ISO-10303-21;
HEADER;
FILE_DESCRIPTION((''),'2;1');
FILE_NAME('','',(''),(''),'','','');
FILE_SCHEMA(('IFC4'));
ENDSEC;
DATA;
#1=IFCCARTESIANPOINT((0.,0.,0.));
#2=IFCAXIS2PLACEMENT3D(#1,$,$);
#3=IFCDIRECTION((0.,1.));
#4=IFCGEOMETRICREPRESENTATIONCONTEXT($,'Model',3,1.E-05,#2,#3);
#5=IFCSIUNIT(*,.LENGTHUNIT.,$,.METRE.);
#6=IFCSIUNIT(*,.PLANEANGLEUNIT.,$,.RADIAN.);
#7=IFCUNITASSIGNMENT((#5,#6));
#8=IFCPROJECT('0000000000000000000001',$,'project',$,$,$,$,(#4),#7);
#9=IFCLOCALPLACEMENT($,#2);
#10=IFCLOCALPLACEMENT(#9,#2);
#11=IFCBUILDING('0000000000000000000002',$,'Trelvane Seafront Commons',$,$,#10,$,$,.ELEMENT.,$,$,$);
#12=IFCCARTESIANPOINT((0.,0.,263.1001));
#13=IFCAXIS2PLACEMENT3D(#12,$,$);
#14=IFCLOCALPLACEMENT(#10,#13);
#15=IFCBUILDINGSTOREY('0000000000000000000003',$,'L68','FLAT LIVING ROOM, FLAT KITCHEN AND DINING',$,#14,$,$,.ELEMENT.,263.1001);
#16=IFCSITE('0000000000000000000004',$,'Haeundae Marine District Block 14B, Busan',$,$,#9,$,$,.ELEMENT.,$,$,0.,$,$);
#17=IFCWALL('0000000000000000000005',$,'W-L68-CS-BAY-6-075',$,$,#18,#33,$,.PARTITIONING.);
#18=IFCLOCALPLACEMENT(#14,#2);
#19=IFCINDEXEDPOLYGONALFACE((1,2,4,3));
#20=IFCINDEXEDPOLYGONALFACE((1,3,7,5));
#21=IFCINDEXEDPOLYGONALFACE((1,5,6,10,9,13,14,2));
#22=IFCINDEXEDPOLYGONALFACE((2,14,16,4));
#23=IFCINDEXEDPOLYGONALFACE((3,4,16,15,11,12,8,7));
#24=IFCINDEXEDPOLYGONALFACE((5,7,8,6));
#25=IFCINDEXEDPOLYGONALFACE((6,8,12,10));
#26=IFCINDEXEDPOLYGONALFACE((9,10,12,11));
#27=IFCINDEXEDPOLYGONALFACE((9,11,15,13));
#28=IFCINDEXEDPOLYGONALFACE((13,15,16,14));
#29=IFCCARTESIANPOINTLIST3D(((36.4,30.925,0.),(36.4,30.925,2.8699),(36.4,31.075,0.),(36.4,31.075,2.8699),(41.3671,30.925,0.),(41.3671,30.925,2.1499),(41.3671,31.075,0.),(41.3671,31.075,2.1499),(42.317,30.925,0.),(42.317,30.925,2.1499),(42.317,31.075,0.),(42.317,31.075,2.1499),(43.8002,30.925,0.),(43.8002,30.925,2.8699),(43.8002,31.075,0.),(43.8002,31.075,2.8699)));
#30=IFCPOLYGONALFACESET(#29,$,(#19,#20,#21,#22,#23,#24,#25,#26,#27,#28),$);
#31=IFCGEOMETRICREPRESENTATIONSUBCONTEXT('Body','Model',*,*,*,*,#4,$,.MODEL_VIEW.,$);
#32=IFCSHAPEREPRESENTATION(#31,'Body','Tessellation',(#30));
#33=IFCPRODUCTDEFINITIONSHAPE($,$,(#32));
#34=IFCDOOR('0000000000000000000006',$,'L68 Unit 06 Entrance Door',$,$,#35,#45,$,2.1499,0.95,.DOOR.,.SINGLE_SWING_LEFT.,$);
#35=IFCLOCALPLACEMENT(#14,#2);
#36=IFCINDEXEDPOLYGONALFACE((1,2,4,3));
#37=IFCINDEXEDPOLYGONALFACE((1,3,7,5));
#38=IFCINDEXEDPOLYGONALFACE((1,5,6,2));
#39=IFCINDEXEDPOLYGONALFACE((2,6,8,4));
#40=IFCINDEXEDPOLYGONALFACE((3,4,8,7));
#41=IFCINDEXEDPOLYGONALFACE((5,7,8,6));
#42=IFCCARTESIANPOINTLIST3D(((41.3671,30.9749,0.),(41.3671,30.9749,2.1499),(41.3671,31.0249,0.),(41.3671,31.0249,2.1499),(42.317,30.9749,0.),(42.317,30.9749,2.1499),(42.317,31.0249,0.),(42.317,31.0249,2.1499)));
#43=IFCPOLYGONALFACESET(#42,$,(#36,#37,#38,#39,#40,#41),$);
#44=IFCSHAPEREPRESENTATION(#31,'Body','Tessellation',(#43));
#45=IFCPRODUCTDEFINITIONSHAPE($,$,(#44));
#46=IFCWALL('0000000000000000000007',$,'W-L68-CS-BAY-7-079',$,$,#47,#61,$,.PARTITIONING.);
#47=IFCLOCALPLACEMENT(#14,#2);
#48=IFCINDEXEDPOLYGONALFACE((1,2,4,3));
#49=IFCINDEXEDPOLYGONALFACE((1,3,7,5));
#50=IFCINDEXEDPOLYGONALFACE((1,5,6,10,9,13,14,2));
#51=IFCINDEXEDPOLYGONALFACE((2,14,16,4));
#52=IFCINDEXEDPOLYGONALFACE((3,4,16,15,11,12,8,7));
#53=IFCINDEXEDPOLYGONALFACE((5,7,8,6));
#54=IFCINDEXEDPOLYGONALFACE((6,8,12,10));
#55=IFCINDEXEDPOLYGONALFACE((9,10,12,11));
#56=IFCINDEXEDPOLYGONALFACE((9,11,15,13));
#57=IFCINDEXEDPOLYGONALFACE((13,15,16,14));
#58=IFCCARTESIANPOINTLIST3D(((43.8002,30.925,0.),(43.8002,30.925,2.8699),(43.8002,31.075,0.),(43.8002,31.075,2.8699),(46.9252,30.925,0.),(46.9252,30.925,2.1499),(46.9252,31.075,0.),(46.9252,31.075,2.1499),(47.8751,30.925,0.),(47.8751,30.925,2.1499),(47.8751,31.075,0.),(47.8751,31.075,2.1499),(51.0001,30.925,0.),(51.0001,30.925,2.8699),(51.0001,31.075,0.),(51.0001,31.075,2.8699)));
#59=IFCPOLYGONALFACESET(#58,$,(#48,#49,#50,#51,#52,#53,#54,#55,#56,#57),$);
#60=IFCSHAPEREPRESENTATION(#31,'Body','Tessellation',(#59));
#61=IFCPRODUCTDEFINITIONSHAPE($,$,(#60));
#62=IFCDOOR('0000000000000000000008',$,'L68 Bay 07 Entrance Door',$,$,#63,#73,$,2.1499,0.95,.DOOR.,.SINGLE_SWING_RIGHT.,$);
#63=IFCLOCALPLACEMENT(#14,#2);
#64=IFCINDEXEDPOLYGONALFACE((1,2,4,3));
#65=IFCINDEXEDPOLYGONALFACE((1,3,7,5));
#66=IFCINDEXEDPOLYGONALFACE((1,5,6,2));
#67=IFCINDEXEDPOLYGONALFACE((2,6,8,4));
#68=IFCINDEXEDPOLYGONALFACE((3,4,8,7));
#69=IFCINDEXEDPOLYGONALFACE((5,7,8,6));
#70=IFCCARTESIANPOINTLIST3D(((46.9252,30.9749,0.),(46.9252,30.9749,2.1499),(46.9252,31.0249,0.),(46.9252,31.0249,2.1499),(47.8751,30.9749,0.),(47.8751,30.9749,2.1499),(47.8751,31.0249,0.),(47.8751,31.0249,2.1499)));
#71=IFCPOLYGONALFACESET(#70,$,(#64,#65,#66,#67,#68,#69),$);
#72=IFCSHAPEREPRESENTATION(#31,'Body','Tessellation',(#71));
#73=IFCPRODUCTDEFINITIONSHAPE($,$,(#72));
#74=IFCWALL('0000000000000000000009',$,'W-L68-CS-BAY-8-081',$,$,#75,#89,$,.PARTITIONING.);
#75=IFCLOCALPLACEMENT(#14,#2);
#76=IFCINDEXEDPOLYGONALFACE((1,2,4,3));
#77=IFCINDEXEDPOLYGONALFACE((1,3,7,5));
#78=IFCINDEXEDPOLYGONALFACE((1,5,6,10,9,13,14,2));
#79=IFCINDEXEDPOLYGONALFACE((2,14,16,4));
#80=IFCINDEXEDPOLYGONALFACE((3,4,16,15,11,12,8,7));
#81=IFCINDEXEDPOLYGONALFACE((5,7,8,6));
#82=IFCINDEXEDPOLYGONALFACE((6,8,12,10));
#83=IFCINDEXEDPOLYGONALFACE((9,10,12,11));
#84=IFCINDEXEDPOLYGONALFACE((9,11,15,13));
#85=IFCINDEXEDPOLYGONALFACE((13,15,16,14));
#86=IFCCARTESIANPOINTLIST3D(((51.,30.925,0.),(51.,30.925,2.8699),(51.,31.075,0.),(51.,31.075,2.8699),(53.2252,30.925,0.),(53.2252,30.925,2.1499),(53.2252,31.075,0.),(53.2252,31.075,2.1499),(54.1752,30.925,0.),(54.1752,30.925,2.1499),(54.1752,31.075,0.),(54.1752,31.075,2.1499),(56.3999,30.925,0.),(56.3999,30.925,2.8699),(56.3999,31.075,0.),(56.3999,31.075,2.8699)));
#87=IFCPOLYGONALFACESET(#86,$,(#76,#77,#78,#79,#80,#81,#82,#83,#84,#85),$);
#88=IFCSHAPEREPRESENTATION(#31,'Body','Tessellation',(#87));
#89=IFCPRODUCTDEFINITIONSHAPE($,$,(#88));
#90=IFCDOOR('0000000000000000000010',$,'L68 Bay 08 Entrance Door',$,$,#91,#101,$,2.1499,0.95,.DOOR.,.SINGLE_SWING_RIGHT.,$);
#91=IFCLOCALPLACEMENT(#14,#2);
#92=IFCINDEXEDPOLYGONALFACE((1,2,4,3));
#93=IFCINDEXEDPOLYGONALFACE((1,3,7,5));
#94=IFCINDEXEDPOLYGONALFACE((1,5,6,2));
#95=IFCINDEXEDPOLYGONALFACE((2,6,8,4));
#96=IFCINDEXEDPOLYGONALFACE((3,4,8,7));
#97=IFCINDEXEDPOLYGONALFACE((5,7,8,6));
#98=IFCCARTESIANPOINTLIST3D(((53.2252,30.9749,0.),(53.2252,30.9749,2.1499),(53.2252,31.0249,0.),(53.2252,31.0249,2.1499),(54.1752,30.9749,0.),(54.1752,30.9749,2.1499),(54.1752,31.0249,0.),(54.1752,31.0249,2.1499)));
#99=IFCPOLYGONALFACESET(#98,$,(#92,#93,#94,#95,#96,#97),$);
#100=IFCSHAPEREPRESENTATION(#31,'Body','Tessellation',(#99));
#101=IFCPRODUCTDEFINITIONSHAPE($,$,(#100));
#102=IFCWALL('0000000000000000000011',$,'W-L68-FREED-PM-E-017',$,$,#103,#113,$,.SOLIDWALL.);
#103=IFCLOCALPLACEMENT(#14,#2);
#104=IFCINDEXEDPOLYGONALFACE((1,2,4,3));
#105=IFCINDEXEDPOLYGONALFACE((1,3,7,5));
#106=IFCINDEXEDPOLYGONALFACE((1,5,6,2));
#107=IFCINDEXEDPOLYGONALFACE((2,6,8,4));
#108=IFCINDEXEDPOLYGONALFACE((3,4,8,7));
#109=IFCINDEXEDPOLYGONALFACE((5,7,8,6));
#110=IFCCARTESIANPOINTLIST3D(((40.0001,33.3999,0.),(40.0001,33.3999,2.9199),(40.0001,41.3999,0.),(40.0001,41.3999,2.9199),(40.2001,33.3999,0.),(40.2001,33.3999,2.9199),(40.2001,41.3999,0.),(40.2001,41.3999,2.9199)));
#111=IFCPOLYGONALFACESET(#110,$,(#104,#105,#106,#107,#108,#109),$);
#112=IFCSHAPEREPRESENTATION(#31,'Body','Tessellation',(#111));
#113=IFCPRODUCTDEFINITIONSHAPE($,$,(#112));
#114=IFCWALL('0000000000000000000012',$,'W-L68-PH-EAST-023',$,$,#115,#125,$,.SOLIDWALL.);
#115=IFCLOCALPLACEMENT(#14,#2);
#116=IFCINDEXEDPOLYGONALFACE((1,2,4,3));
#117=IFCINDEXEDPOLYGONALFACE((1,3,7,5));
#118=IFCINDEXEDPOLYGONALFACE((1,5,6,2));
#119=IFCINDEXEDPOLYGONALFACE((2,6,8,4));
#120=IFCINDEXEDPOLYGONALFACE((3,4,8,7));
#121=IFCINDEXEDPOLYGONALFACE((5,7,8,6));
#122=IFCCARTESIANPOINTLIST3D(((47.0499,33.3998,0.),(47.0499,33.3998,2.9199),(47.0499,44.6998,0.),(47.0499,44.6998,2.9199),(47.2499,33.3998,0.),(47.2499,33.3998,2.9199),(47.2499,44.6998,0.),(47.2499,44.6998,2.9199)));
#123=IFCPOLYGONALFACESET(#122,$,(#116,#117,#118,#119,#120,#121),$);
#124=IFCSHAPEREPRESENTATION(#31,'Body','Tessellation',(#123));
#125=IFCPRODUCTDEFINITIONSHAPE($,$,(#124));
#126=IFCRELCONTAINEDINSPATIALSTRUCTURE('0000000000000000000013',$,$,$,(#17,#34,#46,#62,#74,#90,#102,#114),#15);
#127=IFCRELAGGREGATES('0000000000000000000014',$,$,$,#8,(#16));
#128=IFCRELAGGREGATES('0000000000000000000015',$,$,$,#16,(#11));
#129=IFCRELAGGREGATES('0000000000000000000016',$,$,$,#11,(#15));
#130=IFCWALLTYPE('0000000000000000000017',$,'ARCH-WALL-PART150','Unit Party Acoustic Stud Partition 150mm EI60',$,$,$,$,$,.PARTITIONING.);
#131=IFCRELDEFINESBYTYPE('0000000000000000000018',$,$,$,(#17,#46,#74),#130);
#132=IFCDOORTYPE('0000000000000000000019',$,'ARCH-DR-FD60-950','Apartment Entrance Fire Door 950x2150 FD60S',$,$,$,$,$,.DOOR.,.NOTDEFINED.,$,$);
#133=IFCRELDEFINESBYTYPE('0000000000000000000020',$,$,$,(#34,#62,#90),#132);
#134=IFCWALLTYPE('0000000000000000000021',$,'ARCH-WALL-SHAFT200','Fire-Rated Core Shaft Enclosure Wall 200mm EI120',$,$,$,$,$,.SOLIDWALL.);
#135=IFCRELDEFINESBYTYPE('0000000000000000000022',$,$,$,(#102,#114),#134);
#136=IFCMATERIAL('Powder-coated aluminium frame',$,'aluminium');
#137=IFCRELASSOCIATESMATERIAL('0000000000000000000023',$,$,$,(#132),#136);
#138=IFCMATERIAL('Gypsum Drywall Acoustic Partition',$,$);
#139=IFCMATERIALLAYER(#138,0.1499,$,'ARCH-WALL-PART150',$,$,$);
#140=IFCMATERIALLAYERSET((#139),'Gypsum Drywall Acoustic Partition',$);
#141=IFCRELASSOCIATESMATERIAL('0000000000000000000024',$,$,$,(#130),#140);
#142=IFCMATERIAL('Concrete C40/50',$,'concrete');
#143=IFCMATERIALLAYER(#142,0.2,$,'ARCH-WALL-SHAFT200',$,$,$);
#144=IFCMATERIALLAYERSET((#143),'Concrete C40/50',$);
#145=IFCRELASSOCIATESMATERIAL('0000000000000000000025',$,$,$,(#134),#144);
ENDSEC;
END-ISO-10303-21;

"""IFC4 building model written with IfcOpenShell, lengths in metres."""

from ifc_helpers import new_model, si_unit, direction, frame, frame_2d, origin, place, context, subcontext, project, spatial, rectangle, extrude, source, transform, mapped, material, layer, layer_set, type_object, element, fill, save


model = new_model("IFC4")

# Units and contexts
model_context = context("Model", 3, precision=1e-05, world=origin(), true_north=direction((0.0, 1.0)))
body_context = subcontext(model_context, "Body", "Model", "MODEL_VIEW")
ifc_project = project(units=[si_unit("LENGTHUNIT", "METRE"), si_unit("PLANEANGLEUNIT", "RADIAN")], contexts=[model_context])

# Site, building, storey
site_placement = place(None, origin())
site = spatial("IfcSite", under=ifc_project, at=site_placement, Name="Haeundae Marine District Block 14B, Busan", CompositionType="ELEMENT", RefElevation=0.0)
building_placement = place(site_placement, origin())
building = spatial("IfcBuilding", under=site, at=building_placement, Name="Trelvane Seafront Commons", CompositionType="ELEMENT")
storey_placement = place(building_placement, frame((0.0, 0.0, 263.1001)))
storey = spatial("IfcBuildingStorey", under=building, at=storey_placement, Name="L68", Description="FLAT LIVING ROOM, FLAT KITCHEN AND DINING", CompositionType="ELEMENT", Elevation=263.1001)

# Shared definitions
ifc_material_1 = material(Name="Concrete C40/50", Category="concrete")
ifc_material_2 = material(Name="Powder-coated aluminium frame", Category="aluminium")

# Shared definitions
door_type_1 = type_object("IfcDoorType", Name="ARCH-DR-FD60-950", Description="Apartment Entrance Fire Door 950x2150 FD60S", OperationType="NOTDEFINED", PredefinedType="DOOR", material=ifc_material_2)
shared_shape_1 = source(origin(), body_context, "Body", "SweptSolid", [
    extrude(rectangle(XDim=0.95, YDim=2.1499, at=frame_2d((0.4751, 1.075))), frame((0.0, 0.0249, 0.0), z_axis=(0.0, -1.0, 0.0), x_axis=(1.0, 0.0, 0.0)), (0.0, 0.0, 1.0), 0.05),
])
ifc_material_3 = material(Name="Gypsum Drywall Acoustic Partition")

# Walls, openings, doors
ifc_layer_1 = layer(ifc_material_3, 0.1499, Name="ARCH-WALL-PART150")
ifc_layer_set_1 = layer_set([ifc_layer_1], Name="Gypsum Drywall Acoustic Partition")
wall_type_1 = type_object("IfcWallType", Name="ARCH-WALL-PART150", Description="Unit Party Acoustic Stud Partition 150mm EI60", PredefinedType="PARTITIONING", material=ifc_layer_set_1)
wall_1_placement = place(storey_placement, frame((36.3999, 31.0, 0.0), z_axis=(0.0, 0.0, 1.0), x_axis=(1.0, 0.0, 0.0)))
wall_1 = element("IfcWall", 1, at=wall_1_placement, inside=storey, type_object=wall_type_1, Name="W-L68-CS-BAY-6-075", PredefinedType="PARTITIONING", context=body_context, shape_type="SweptSolid", body=[
    extrude(rectangle(XDim=7.4001, YDim=0.1499, at=frame_2d((3.7002, 0.0))), origin(), (0.0, 0.0, 1.0), 2.8699),
])
opening_1_placement = place(wall_1_placement, frame((4.967, 0.0, 0.0)))
opening_1 = element("IfcOpeningElement", 2, at=opening_1_placement, cuts=wall_1, PredefinedType="OPENING", context=body_context, shape_type="SweptSolid", body=[
    extrude(rectangle(XDim=0.95, YDim=2.1499, at=frame_2d((0.4751, 1.075))), frame((0.0, 0.085, 0.0), z_axis=(0.0, -1.0, 0.0), x_axis=(1.0, 0.0, 0.0)), (0.0, 0.0, 1.0), 0.1699),
])
door_1_placement = place(opening_1_placement, origin())
door_1 = element("IfcDoor", 3, at=door_1_placement, inside=storey, type_object=door_type_1, Name="L68 Unit 06 Entrance Door", OperationType="SINGLE_SWING_LEFT", OverallHeight=2.1499, OverallWidth=0.95, PredefinedType="DOOR", context=body_context, shape_type="MappedRepresentation", body=[
    mapped(shared_shape_1, transform((0.0, 0.0, 0.0), x_axis=(1.0, 0.0, 0.0), y_axis=(0.0, 1.0, 0.0), z_axis=(0.0, 0.0, 1.0), scale=1.0)),
])
fill(opening_1, door_1)
wall_2_placement = place(storey_placement, frame((43.8, 31.0, 0.0), z_axis=(0.0, 0.0, 1.0), x_axis=(1.0, 0.0, 0.0)))
wall_2 = element("IfcWall", 4, at=wall_2_placement, inside=storey, type_object=wall_type_1, Name="W-L68-CS-BAY-7-079", PredefinedType="PARTITIONING", context=body_context, shape_type="SweptSolid", body=[
    extrude(rectangle(XDim=7.2, YDim=0.1499, at=frame_2d((3.6001, 0.0))), origin(), (0.0, 0.0, 1.0), 2.8699),
])
opening_2_placement = place(wall_2_placement, frame((3.125, 0.0, 0.0)))
opening_2 = element("IfcOpeningElement", 5, at=opening_2_placement, cuts=wall_2, PredefinedType="OPENING", context=body_context, shape_type="SweptSolid", body=[
    extrude(rectangle(XDim=0.95, YDim=2.1499, at=frame_2d((0.4751, 1.075))), frame((0.0, 0.085, 0.0), z_axis=(0.0, -1.0, 0.0), x_axis=(1.0, 0.0, 0.0)), (0.0, 0.0, 1.0), 0.1699),
])
door_2_placement = place(opening_2_placement, origin())
door_2 = element("IfcDoor", 6, at=door_2_placement, inside=storey, type_object=door_type_1, Name="L68 Bay 07 Entrance Door", OperationType="SINGLE_SWING_RIGHT", OverallHeight=2.1499, OverallWidth=0.95, PredefinedType="DOOR", context=body_context, shape_type="MappedRepresentation", body=[
    mapped(shared_shape_1, transform((0.0, 0.0, 0.0), x_axis=(1.0, 0.0, 0.0), y_axis=(0.0, 1.0, 0.0), z_axis=(0.0, 0.0, 1.0), scale=1.0)),
])
fill(opening_2, door_2)
wall_3_placement = place(storey_placement, frame((51.0, 31.0, 0.0), z_axis=(0.0, 0.0, 1.0), x_axis=(1.0, 0.0, 0.0)))
wall_3 = element("IfcWall", 7, at=wall_3_placement, inside=storey, type_object=wall_type_1, Name="W-L68-CS-BAY-8-081", PredefinedType="PARTITIONING", context=body_context, shape_type="SweptSolid", body=[
    extrude(rectangle(XDim=5.3999, YDim=0.1499, at=frame_2d((2.7, 0.0))), origin(), (0.0, 0.0, 1.0), 2.8699),
])
opening_3_placement = place(wall_3_placement, frame((2.2251, 0.0, 0.0)))
opening_3 = element("IfcOpeningElement", 8, at=opening_3_placement, cuts=wall_3, PredefinedType="OPENING", context=body_context, shape_type="SweptSolid", body=[
    extrude(rectangle(XDim=0.95, YDim=2.1499, at=frame_2d((0.4751, 1.075))), frame((0.0, 0.085, 0.0), z_axis=(0.0, -1.0, 0.0), x_axis=(1.0, 0.0, 0.0)), (0.0, 0.0, 1.0), 0.1699),
])
door_3_placement = place(opening_3_placement, origin())
door_3 = element("IfcDoor", 9, at=door_3_placement, inside=storey, type_object=door_type_1, Name="L68 Bay 08 Entrance Door", OperationType="SINGLE_SWING_RIGHT", OverallHeight=2.1499, OverallWidth=0.95, PredefinedType="DOOR", context=body_context, shape_type="MappedRepresentation", body=[
    mapped(shared_shape_1, transform((0.0, 0.0, 0.0), x_axis=(1.0, 0.0, 0.0), y_axis=(0.0, 1.0, 0.0), z_axis=(0.0, 0.0, 1.0), scale=1.0)),
])
fill(opening_3, door_3)

# Walls
ifc_layer_2 = layer(ifc_material_1, 0.2, Name="ARCH-WALL-SHAFT200")
ifc_layer_set_2 = layer_set([ifc_layer_2], Name="Concrete C40/50")
wall_type_2 = type_object("IfcWallType", Name="ARCH-WALL-SHAFT200", Description="Fire-Rated Core Shaft Enclosure Wall 200mm EI120", PredefinedType="SOLIDWALL", material=ifc_layer_set_2)
wall_4_placement = place(storey_placement, frame((40.1001, 33.3999, 0.0), z_axis=(0.0, 0.0, 1.0), x_axis=(0.0, 1.0, 0.0)))
element("IfcWall", 10, at=wall_4_placement, inside=storey, type_object=wall_type_2, Name="W-L68-FREED-PM-E-017", PredefinedType="SOLIDWALL", context=body_context, shape_type="SweptSolid", body=[
    extrude(rectangle(XDim=8.0, YDim=0.2, at=frame_2d((4.0, 0.0))), origin(), (0.0, 0.0, 1.0), 2.9199),
])
wall_5_placement = place(storey_placement, frame((47.1499, 33.3999, 0.0), z_axis=(0.0, 0.0, 1.0), x_axis=(0.0, 1.0, 0.0)))
element("IfcWall", 11, at=wall_5_placement, inside=storey, type_object=wall_type_2, Name="W-L68-PH-EAST-023", PredefinedType="SOLIDWALL", context=body_context, shape_type="SweptSolid", body=[
    extrude(rectangle(XDim=11.3, YDim=0.2, at=frame_2d((5.6499, 0.0))), origin(), (0.0, 0.0, 1.0), 2.9199),
])

save(model, "model.ifc")
